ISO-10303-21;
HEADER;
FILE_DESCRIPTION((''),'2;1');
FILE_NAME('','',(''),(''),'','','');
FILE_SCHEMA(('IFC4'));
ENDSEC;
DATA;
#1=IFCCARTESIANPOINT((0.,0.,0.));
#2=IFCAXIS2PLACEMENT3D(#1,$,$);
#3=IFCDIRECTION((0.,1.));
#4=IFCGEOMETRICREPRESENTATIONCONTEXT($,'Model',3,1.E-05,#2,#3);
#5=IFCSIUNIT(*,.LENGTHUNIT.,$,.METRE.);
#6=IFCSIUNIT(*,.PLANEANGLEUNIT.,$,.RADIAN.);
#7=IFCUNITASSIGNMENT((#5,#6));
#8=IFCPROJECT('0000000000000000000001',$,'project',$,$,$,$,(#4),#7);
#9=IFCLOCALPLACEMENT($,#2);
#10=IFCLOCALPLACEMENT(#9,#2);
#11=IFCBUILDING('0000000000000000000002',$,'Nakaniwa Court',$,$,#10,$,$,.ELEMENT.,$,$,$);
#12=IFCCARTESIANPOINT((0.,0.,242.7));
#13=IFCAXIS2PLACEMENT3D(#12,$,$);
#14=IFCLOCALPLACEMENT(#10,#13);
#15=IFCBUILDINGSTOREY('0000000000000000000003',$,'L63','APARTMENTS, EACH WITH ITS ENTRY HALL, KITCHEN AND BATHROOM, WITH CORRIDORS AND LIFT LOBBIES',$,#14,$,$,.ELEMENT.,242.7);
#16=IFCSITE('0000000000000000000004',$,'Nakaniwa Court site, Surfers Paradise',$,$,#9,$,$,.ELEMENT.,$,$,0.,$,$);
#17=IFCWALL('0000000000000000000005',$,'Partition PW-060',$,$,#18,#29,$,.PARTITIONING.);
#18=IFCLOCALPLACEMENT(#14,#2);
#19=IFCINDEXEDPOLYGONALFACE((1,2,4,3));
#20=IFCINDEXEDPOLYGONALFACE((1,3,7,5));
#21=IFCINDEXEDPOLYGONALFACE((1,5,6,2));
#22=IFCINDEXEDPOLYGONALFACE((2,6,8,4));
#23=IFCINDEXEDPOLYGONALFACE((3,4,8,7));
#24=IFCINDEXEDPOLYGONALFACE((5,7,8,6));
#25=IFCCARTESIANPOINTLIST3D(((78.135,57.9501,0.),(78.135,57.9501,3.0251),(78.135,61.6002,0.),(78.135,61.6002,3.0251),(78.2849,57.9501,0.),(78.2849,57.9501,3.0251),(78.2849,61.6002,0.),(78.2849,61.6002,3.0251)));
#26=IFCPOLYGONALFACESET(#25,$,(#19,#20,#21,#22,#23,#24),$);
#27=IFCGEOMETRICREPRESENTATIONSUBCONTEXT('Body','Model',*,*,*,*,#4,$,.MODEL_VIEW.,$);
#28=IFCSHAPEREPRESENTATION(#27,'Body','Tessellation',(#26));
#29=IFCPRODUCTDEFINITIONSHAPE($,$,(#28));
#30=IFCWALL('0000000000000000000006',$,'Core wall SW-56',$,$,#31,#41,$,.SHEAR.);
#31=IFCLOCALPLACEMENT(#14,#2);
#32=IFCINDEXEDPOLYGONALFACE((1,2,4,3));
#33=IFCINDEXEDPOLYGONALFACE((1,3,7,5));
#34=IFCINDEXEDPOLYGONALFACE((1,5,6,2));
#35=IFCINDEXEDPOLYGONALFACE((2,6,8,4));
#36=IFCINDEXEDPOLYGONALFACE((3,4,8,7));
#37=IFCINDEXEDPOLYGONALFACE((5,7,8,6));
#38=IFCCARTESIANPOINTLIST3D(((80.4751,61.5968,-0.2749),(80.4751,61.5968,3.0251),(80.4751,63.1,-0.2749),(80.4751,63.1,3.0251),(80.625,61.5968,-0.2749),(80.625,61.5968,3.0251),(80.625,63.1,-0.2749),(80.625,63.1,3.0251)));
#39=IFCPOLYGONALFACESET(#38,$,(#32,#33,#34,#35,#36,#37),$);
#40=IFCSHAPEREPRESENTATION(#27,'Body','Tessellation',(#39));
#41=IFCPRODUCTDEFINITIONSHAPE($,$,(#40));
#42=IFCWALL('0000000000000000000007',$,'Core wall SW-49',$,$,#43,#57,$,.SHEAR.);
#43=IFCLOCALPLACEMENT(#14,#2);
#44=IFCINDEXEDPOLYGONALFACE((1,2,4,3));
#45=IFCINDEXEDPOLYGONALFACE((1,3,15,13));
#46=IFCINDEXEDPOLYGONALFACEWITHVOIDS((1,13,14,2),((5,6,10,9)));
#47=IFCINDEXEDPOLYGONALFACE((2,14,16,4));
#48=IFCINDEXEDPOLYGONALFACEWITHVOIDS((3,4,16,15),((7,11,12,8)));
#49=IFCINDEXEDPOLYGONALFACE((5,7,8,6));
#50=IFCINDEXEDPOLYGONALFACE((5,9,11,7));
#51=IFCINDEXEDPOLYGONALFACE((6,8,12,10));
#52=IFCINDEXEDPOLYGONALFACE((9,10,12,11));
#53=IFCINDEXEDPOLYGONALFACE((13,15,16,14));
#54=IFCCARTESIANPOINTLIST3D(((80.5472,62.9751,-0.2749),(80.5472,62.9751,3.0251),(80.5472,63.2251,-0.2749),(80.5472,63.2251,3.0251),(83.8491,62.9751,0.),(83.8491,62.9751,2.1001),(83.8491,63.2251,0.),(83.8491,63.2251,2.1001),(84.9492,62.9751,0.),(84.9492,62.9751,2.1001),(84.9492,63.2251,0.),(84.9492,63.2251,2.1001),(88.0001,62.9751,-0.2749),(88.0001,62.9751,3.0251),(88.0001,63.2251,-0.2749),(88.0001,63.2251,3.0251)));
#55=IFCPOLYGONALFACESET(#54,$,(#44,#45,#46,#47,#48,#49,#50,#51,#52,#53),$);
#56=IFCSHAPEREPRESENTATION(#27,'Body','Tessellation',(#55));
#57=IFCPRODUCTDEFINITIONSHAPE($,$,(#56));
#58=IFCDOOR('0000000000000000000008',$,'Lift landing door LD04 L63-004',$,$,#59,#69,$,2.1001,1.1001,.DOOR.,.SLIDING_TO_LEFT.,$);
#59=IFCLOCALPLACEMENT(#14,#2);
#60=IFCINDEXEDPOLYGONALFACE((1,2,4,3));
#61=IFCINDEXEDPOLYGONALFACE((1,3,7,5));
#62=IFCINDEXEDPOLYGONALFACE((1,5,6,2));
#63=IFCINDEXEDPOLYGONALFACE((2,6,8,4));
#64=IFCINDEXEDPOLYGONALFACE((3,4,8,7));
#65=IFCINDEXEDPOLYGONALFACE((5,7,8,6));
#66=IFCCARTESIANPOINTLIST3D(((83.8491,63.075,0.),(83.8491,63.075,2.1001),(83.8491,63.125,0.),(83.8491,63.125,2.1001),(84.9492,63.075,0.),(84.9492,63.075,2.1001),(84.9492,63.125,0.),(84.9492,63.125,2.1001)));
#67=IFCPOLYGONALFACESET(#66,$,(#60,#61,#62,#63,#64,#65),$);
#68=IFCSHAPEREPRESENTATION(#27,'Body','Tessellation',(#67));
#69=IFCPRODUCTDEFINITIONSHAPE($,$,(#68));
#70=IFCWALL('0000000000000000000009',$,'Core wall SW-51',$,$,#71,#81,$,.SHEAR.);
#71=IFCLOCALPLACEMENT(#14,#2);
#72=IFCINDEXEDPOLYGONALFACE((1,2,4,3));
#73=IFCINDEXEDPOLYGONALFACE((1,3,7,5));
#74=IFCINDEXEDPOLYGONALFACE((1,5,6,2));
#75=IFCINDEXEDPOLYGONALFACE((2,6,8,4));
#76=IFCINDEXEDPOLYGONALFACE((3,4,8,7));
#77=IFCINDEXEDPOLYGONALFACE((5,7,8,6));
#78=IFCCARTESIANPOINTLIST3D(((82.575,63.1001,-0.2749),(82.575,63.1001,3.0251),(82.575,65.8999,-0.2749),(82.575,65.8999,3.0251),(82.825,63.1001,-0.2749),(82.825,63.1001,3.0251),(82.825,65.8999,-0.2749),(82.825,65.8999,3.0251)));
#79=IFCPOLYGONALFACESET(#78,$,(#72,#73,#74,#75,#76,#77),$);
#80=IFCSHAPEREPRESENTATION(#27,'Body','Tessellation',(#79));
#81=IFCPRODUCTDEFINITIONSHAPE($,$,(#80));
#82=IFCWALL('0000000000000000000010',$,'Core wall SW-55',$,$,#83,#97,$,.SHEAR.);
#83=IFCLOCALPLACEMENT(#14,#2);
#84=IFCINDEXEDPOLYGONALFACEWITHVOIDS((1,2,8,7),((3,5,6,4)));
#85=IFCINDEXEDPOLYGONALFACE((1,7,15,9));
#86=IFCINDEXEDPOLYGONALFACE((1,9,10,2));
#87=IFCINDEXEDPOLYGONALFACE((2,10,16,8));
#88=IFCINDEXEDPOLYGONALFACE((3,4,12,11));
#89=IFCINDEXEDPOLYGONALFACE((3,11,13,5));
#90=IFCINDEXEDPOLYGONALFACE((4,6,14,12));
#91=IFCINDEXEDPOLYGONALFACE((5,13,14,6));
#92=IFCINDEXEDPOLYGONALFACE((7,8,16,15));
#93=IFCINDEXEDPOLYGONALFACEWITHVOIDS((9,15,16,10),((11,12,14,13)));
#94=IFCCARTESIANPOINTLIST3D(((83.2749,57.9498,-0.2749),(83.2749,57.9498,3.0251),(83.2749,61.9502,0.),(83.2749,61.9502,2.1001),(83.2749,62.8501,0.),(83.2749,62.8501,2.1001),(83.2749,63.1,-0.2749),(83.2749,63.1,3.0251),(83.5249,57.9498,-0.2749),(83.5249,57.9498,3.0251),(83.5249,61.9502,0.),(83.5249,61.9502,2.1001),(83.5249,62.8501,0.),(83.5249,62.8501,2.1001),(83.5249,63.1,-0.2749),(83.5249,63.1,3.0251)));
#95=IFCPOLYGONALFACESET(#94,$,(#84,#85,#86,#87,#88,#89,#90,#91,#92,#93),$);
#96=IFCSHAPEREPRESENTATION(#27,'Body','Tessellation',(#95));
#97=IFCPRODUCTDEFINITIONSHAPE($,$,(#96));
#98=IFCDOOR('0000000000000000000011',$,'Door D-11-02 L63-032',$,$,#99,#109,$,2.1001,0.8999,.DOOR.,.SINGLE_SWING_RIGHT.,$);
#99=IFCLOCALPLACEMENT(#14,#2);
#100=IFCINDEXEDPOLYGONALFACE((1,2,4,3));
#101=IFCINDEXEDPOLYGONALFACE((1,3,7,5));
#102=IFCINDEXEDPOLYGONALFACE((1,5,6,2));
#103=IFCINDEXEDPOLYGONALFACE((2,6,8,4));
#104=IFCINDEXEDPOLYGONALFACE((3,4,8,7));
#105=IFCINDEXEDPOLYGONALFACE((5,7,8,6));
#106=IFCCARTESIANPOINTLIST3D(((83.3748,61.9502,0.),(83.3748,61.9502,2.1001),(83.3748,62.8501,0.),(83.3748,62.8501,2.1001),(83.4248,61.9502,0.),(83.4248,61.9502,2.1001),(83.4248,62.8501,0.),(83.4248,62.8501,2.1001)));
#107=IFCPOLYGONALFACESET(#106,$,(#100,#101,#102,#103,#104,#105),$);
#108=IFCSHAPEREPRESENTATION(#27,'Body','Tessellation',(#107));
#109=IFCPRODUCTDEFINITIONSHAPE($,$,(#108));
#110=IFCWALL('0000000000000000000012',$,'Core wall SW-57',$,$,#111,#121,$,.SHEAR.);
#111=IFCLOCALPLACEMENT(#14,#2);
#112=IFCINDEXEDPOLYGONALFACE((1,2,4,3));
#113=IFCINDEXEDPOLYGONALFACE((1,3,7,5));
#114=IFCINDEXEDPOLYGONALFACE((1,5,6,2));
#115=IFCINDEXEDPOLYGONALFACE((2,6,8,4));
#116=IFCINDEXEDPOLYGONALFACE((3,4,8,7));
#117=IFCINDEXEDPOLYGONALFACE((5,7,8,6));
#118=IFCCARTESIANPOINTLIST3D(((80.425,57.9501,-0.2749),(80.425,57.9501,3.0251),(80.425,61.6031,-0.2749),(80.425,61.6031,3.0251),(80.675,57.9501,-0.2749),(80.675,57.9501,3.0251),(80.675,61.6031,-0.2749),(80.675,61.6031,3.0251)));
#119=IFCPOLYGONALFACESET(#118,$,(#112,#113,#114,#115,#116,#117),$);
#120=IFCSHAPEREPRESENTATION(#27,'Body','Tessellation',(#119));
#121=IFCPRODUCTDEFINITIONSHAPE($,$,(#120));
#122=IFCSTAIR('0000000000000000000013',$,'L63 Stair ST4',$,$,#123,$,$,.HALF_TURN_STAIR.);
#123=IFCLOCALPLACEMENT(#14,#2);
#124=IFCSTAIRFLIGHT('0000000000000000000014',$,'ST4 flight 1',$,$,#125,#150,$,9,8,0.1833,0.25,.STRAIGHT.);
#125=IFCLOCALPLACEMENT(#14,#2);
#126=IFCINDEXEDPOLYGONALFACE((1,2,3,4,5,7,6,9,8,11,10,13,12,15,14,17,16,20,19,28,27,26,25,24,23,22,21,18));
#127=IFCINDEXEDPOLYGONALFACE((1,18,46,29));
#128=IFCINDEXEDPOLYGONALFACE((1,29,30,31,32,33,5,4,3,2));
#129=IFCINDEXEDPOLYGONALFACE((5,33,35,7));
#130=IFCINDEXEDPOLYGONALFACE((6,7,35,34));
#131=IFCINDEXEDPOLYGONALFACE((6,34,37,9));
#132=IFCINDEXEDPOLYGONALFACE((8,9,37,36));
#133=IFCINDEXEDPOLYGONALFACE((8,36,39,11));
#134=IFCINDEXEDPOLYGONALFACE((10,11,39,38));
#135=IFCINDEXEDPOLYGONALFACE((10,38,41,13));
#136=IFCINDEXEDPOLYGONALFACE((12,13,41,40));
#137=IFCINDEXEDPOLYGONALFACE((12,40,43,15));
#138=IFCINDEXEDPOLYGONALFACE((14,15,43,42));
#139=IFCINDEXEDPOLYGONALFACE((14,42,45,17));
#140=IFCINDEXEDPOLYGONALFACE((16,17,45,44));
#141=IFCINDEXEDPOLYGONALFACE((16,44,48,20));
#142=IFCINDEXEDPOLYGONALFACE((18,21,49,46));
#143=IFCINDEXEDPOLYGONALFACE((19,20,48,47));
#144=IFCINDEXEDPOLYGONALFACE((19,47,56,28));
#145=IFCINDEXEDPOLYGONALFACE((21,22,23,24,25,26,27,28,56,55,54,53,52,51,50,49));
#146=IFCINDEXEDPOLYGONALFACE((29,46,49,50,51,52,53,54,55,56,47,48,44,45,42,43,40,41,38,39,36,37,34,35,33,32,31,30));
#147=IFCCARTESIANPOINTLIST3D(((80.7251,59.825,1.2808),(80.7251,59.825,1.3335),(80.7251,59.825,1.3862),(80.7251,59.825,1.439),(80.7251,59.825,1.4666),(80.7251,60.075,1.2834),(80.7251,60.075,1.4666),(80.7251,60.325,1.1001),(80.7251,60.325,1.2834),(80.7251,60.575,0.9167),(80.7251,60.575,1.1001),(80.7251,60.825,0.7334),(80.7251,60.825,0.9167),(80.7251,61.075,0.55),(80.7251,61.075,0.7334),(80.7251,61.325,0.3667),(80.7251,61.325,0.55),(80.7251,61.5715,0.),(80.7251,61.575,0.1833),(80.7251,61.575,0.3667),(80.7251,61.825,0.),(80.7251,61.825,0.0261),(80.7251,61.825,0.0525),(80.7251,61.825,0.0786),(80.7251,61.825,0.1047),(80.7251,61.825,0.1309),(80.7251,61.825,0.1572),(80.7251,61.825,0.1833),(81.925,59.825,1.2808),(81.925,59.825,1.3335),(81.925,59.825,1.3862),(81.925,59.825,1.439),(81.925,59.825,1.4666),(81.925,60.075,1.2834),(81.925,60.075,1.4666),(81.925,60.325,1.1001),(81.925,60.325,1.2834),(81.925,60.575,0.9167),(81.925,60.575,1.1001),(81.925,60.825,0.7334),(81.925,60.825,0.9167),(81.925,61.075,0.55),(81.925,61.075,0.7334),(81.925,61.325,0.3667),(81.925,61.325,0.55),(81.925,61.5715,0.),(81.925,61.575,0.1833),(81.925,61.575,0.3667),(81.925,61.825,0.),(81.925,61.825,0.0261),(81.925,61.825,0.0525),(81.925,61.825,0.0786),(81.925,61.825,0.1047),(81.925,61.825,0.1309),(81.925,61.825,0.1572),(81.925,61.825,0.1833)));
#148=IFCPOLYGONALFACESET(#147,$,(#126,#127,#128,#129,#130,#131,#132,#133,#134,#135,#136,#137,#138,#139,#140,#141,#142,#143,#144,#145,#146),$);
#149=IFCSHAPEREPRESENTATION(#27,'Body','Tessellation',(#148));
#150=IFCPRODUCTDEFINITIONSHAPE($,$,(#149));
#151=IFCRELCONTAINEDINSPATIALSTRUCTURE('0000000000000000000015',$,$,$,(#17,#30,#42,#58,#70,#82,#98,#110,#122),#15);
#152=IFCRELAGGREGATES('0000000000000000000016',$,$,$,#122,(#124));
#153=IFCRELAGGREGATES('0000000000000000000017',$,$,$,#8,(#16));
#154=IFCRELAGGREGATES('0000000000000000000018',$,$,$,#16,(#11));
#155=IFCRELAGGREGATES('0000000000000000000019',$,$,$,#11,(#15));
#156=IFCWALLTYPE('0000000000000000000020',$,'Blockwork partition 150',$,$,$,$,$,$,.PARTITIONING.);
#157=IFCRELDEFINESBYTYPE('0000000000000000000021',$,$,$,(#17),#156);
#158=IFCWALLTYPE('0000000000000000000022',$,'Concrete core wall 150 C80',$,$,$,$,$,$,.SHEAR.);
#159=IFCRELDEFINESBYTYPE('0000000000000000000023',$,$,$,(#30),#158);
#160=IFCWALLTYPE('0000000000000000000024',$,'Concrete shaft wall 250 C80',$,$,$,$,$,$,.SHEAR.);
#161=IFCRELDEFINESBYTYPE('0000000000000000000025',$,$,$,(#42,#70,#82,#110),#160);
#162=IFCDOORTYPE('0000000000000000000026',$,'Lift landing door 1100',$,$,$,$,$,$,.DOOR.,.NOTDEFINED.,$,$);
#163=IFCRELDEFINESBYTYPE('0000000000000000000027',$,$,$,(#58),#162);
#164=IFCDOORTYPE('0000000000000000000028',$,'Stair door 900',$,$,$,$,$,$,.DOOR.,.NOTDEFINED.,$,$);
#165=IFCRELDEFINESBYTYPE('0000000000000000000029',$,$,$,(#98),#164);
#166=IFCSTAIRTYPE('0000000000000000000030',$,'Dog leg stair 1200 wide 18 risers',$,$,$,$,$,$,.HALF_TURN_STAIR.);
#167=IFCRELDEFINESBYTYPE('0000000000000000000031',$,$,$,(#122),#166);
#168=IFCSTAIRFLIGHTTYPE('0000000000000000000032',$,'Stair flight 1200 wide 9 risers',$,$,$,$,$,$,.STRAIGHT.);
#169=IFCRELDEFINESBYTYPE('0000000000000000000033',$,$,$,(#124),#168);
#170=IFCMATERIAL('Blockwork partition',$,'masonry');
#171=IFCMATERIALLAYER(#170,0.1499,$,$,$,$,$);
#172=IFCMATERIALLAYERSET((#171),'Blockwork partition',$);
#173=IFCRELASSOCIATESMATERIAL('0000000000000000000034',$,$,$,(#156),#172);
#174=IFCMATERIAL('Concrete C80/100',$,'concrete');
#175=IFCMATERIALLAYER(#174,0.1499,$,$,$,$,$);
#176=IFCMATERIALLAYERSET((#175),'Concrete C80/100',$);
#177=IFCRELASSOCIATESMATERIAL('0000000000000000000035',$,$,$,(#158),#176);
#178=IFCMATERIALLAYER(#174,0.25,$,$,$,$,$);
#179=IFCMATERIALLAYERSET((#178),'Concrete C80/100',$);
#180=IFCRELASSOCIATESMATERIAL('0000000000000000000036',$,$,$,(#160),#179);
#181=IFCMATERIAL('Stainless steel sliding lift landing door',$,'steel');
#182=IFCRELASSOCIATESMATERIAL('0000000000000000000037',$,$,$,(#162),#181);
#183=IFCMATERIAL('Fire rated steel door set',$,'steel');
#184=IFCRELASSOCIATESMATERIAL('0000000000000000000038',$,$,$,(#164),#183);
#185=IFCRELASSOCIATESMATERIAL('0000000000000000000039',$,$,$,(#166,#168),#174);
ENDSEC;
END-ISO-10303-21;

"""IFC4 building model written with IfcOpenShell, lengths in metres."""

from ifc_helpers import new_model, si_unit, direction, frame, frame_2d, origin, place, context, subcontext, project, spatial, polyline, rectangle, outline, extrude, material, layer, layer_set, type_object, element, fill, aggregate, save


model = new_model("IFC4")

# Units and contexts
model_context = context("Model", 3, precision=1e-05, world=origin(), true_north=direction((0.0, 1.0)))
body_context = subcontext(model_context, "Body", "Model", "MODEL_VIEW")
ifc_project = project(units=[si_unit("LENGTHUNIT", "METRE"), si_unit("PLANEANGLEUNIT", "RADIAN")], contexts=[model_context])

# Site, building, storey
site_placement = place(None, origin())
site = spatial("IfcSite", under=ifc_project, at=site_placement, Name="Nakaniwa Court site, Surfers Paradise", CompositionType="ELEMENT", RefElevation=0.0)
building_placement = place(site_placement, origin())
building = spatial("IfcBuilding", under=site, at=building_placement, Name="Nakaniwa Court", CompositionType="ELEMENT")
storey_placement = place(building_placement, frame((0.0, 0.0, 242.7)))
storey = spatial("IfcBuildingStorey", under=building, at=storey_placement, Name="L63", Description="APARTMENTS, EACH WITH ITS ENTRY HALL, KITCHEN AND BATHROOM, WITH CORRIDORS AND LIFT LOBBIES", CompositionType="ELEMENT", Elevation=242.7)

# Shared definitions
ifc_material_1 = material(Name="Blockwork partition", Category="masonry")
ifc_layer_1 = layer(ifc_material_1, 0.1499)
ifc_layer_set_1 = layer_set([ifc_layer_1], Name="Blockwork partition")
wall_type_1 = type_object("IfcWallType", Name="Blockwork partition 150", PredefinedType="PARTITIONING", material=ifc_layer_set_1)

# Shared definitions
ifc_material_2 = material(Name="Fire rated steel door set", Category="steel")

# Walls
wall_1_placement = place(storey_placement, frame((78.21, 57.95, 0.0), z_axis=(0.0, 0.0, 1.0), x_axis=(0.0, 1.0, 0.0)))
element("IfcWall", 1, at=wall_1_placement, inside=storey, type_object=wall_type_1, Name="Partition PW-060", PredefinedType="PARTITIONING", context=body_context, shape_type="SweptSolid", body=[
    extrude(rectangle(XDim=3.6501, YDim=0.1499, at=frame_2d((1.8252, 0.0))), origin(), (0.0, 0.0, 1.0), 3.0251),
])
ifc_material_3 = material(Name="Concrete C80/100", Category="concrete")
ifc_layer_2 = layer(ifc_material_3, 0.1499)
ifc_layer_set_2 = layer_set([ifc_layer_2], Name="Concrete C80/100")
wall_type_2 = type_object("IfcWallType", Name="Concrete core wall 150 C80", PredefinedType="SHEAR", material=ifc_layer_set_2)
wall_2_placement = place(storey_placement, frame((80.55, 61.5969, -0.2749), z_axis=(0.0, 0.0, 1.0), x_axis=(0.0, 1.0, 0.0)))
element("IfcWall", 2, at=wall_2_placement, inside=storey, type_object=wall_type_2, Name="Core wall SW-56", PredefinedType="SHEAR", context=body_context, shape_type="SweptSolid", body=[
    extrude(rectangle(XDim=1.5032, YDim=0.1499, at=frame_2d((0.7515, 0.0))), origin(), (0.0, 0.0, 1.0), 3.3),
])

# Wall, opening, door
ifc_layer_3 = layer(ifc_material_3, 0.25)
ifc_layer_set_3 = layer_set([ifc_layer_3], Name="Concrete C80/100")
wall_type_3 = type_object("IfcWallType", Name="Concrete shaft wall 250 C80", PredefinedType="SHEAR", material=ifc_layer_set_3)
wall_3_placement = place(storey_placement, frame((80.5471, 63.1001, -0.2749), z_axis=(0.0, 0.0, 1.0), x_axis=(1.0, 0.0, 0.0)))
wall_3 = element("IfcWall", 3, at=wall_3_placement, inside=storey, type_object=wall_type_3, Name="Core wall SW-49", PredefinedType="SHEAR", context=body_context, shape_type="SweptSolid", body=[
    extrude(rectangle(XDim=7.4529, YDim=0.25, at=frame_2d((3.7266, 0.0))), origin(), (0.0, 0.0, 1.0), 3.3),
])
opening_1_placement = place(wall_3_placement, frame((3.302, 0.0, 0.2749)))
opening_1 = element("IfcOpeningElement", 4, at=opening_1_placement, cuts=wall_3, PredefinedType="OPENING", context=body_context, shape_type="SweptSolid", body=[
    extrude(rectangle(XDim=1.1001, YDim=2.1001, at=frame_2d((0.55, 1.05))), frame((0.0, 0.135, 0.0), z_axis=(0.0, -1.0, 0.0), x_axis=(1.0, 0.0, 0.0)), (0.0, 0.0, 1.0), 0.27),
])
ifc_material_4 = material(Name="Stainless steel sliding lift landing door", Category="steel")
door_type_1 = type_object("IfcDoorType", Name="Lift landing door 1100", OperationType="NOTDEFINED", PredefinedType="DOOR", material=ifc_material_4)
door_1_placement = place(opening_1_placement, origin())
door_1 = element("IfcDoor", 5, at=door_1_placement, inside=storey, type_object=door_type_1, Name="Lift landing door LD04 L63-004", OperationType="SLIDING_TO_LEFT", OverallHeight=2.1001, OverallWidth=1.1001, PredefinedType="DOOR", context=body_context, shape_type="SweptSolid", body=[
    extrude(rectangle(XDim=1.1001, YDim=2.1001, at=frame_2d((0.55, 1.05))), frame((0.0, 0.0249, 0.0), z_axis=(0.0, -1.0, 0.0), x_axis=(1.0, 0.0, 0.0)), (0.0, 0.0, 1.0), 0.05),
])
fill(opening_1, door_1)

# Wall
wall_4_placement = place(storey_placement, frame((82.7, 63.1001, -0.2749), z_axis=(0.0, 0.0, 1.0), x_axis=(0.0, 1.0, 0.0)))
element("IfcWall", 6, at=wall_4_placement, inside=storey, type_object=wall_type_3, Name="Core wall SW-51", PredefinedType="SHEAR", context=body_context, shape_type="SweptSolid", body=[
    extrude(rectangle(XDim=2.7998, YDim=0.25, at=frame_2d((1.3999, 0.0))), origin(), (0.0, 0.0, 1.0), 3.3),
])

# Wall, opening, door
wall_5_placement = place(storey_placement, frame((83.3999, 63.1001, -0.2749), z_axis=(0.0, 0.0, 1.0), x_axis=(0.0, -1.0, 0.0)))
wall_5 = element("IfcWall", 7, at=wall_5_placement, inside=storey, type_object=wall_type_3, Name="Core wall SW-55", PredefinedType="SHEAR", context=body_context, shape_type="SweptSolid", body=[
    extrude(rectangle(XDim=5.1501, YDim=0.25, at=frame_2d((2.5752, 0.0))), origin(), (0.0, 0.0, 1.0), 3.3),
])
opening_2_placement = place(wall_5_placement, frame((0.25, 0.0, 0.2749)))
opening_2 = element("IfcOpeningElement", 8, at=opening_2_placement, cuts=wall_5, PredefinedType="OPENING", context=body_context, shape_type="SweptSolid", body=[
    extrude(rectangle(XDim=0.8999, YDim=2.1001, at=frame_2d((0.45, 1.05))), frame((0.0, 0.135, 0.0), z_axis=(0.0, -1.0, 0.0), x_axis=(1.0, 0.0, 0.0)), (0.0, 0.0, 1.0), 0.27),
])
door_type_2 = type_object("IfcDoorType", Name="Stair door 900", OperationType="NOTDEFINED", PredefinedType="DOOR", material=ifc_material_2)
door_2_placement = place(opening_2_placement, origin())
door_2 = element("IfcDoor", 9, at=door_2_placement, inside=storey, type_object=door_type_2, Name="Door D-11-02 L63-032", OperationType="SINGLE_SWING_RIGHT", OverallHeight=2.1001, OverallWidth=0.8999, PredefinedType="DOOR", context=body_context, shape_type="SweptSolid", body=[
    extrude(rectangle(XDim=0.8999, YDim=2.1001, at=frame_2d((0.45, 1.05))), frame((0.0, 0.0249, 0.0), z_axis=(0.0, -1.0, 0.0), x_axis=(1.0, 0.0, 0.0)), (0.0, 0.0, 1.0), 0.05),
])
fill(opening_2, door_2)

# Wall
wall_6_placement = place(storey_placement, frame((80.55, 57.95, -0.2749), z_axis=(0.0, 0.0, 1.0), x_axis=(0.0, 1.0, 0.0)))
element("IfcWall", 10, at=wall_6_placement, inside=storey, type_object=wall_type_3, Name="Core wall SW-57", PredefinedType="SHEAR", context=body_context, shape_type="SweptSolid", body=[
    extrude(rectangle(XDim=3.6531, YDim=0.25, at=frame_2d((1.8267, 0.0))), origin(), (0.0, 0.0, 1.0), 3.3),
])

# Stair, stair flight
stair_type = type_object("IfcStairType", Name="Dog leg stair 1200 wide 18 risers", PredefinedType="HALF_TURN_STAIR", material=ifc_material_3)
stair_placement = place(storey_placement, origin())
stair = element("IfcStair", 11, at=stair_placement, inside=storey, type_object=stair_type, Name="L63 Stair ST4", PredefinedType="HALF_TURN_STAIR")
stair_flight_type = type_object("IfcStairFlightType", Name="Stair flight 1200 wide 9 risers", PredefinedType="STRAIGHT", material=ifc_material_3)
stair_flight_1_placement = place(storey_placement, frame((81.325, 61.825, 0.0), z_axis=(0.0, 0.0, 1.0), x_axis=(0.0, -1.0, 0.0)))
stair_flight_1 = element("IfcStairFlight", 12, at=stair_flight_1_placement, type_object=stair_flight_type, Name="ST4 flight 1", NumberOfRisers=9, NumberOfTreads=8, PredefinedType="STRAIGHT", RiserHeight=0.1833, TreadLength=0.25, context=body_context, shape_type="SweptSolid", body=[
    extrude(outline(polyline([(0.0, 0.0), (0.0, 0.0261), (0.0, 0.0525), (0.0, 0.0786), (0.0, 0.1047), (0.0, 0.1309), (0.0, 0.1572), (0.0, 0.1833), (0.25, 0.1833), (0.25, 0.3667), (0.5, 0.3667), (0.5, 0.55), (0.75, 0.55), (0.75, 0.7334), (1.0, 0.7334), (1.0, 0.9167), (1.25, 0.9167), (1.25, 1.1001), (1.5, 1.1001), (1.5, 1.2834), (1.75, 1.2834), (1.75, 1.4666), (2.0, 1.4666), (2.0, 1.6499), (2.0, 1.5972), (2.0, 1.5444), (2.0, 1.4917), (2.0, 1.439), (2.0, 1.3862), (2.0, 1.3335), (2.0, 1.2808), (0.2534, 0.0), (0.0, 0.0)])), frame((0.0, 0.6001, 0.0), z_axis=(0.0, -1.0, 0.0), x_axis=(1.0, 0.0, 0.0)), (0.0, 0.0, 1.0), 1.2),
])
aggregate(stair, [stair_flight_1])

save(model, "model.ifc")
